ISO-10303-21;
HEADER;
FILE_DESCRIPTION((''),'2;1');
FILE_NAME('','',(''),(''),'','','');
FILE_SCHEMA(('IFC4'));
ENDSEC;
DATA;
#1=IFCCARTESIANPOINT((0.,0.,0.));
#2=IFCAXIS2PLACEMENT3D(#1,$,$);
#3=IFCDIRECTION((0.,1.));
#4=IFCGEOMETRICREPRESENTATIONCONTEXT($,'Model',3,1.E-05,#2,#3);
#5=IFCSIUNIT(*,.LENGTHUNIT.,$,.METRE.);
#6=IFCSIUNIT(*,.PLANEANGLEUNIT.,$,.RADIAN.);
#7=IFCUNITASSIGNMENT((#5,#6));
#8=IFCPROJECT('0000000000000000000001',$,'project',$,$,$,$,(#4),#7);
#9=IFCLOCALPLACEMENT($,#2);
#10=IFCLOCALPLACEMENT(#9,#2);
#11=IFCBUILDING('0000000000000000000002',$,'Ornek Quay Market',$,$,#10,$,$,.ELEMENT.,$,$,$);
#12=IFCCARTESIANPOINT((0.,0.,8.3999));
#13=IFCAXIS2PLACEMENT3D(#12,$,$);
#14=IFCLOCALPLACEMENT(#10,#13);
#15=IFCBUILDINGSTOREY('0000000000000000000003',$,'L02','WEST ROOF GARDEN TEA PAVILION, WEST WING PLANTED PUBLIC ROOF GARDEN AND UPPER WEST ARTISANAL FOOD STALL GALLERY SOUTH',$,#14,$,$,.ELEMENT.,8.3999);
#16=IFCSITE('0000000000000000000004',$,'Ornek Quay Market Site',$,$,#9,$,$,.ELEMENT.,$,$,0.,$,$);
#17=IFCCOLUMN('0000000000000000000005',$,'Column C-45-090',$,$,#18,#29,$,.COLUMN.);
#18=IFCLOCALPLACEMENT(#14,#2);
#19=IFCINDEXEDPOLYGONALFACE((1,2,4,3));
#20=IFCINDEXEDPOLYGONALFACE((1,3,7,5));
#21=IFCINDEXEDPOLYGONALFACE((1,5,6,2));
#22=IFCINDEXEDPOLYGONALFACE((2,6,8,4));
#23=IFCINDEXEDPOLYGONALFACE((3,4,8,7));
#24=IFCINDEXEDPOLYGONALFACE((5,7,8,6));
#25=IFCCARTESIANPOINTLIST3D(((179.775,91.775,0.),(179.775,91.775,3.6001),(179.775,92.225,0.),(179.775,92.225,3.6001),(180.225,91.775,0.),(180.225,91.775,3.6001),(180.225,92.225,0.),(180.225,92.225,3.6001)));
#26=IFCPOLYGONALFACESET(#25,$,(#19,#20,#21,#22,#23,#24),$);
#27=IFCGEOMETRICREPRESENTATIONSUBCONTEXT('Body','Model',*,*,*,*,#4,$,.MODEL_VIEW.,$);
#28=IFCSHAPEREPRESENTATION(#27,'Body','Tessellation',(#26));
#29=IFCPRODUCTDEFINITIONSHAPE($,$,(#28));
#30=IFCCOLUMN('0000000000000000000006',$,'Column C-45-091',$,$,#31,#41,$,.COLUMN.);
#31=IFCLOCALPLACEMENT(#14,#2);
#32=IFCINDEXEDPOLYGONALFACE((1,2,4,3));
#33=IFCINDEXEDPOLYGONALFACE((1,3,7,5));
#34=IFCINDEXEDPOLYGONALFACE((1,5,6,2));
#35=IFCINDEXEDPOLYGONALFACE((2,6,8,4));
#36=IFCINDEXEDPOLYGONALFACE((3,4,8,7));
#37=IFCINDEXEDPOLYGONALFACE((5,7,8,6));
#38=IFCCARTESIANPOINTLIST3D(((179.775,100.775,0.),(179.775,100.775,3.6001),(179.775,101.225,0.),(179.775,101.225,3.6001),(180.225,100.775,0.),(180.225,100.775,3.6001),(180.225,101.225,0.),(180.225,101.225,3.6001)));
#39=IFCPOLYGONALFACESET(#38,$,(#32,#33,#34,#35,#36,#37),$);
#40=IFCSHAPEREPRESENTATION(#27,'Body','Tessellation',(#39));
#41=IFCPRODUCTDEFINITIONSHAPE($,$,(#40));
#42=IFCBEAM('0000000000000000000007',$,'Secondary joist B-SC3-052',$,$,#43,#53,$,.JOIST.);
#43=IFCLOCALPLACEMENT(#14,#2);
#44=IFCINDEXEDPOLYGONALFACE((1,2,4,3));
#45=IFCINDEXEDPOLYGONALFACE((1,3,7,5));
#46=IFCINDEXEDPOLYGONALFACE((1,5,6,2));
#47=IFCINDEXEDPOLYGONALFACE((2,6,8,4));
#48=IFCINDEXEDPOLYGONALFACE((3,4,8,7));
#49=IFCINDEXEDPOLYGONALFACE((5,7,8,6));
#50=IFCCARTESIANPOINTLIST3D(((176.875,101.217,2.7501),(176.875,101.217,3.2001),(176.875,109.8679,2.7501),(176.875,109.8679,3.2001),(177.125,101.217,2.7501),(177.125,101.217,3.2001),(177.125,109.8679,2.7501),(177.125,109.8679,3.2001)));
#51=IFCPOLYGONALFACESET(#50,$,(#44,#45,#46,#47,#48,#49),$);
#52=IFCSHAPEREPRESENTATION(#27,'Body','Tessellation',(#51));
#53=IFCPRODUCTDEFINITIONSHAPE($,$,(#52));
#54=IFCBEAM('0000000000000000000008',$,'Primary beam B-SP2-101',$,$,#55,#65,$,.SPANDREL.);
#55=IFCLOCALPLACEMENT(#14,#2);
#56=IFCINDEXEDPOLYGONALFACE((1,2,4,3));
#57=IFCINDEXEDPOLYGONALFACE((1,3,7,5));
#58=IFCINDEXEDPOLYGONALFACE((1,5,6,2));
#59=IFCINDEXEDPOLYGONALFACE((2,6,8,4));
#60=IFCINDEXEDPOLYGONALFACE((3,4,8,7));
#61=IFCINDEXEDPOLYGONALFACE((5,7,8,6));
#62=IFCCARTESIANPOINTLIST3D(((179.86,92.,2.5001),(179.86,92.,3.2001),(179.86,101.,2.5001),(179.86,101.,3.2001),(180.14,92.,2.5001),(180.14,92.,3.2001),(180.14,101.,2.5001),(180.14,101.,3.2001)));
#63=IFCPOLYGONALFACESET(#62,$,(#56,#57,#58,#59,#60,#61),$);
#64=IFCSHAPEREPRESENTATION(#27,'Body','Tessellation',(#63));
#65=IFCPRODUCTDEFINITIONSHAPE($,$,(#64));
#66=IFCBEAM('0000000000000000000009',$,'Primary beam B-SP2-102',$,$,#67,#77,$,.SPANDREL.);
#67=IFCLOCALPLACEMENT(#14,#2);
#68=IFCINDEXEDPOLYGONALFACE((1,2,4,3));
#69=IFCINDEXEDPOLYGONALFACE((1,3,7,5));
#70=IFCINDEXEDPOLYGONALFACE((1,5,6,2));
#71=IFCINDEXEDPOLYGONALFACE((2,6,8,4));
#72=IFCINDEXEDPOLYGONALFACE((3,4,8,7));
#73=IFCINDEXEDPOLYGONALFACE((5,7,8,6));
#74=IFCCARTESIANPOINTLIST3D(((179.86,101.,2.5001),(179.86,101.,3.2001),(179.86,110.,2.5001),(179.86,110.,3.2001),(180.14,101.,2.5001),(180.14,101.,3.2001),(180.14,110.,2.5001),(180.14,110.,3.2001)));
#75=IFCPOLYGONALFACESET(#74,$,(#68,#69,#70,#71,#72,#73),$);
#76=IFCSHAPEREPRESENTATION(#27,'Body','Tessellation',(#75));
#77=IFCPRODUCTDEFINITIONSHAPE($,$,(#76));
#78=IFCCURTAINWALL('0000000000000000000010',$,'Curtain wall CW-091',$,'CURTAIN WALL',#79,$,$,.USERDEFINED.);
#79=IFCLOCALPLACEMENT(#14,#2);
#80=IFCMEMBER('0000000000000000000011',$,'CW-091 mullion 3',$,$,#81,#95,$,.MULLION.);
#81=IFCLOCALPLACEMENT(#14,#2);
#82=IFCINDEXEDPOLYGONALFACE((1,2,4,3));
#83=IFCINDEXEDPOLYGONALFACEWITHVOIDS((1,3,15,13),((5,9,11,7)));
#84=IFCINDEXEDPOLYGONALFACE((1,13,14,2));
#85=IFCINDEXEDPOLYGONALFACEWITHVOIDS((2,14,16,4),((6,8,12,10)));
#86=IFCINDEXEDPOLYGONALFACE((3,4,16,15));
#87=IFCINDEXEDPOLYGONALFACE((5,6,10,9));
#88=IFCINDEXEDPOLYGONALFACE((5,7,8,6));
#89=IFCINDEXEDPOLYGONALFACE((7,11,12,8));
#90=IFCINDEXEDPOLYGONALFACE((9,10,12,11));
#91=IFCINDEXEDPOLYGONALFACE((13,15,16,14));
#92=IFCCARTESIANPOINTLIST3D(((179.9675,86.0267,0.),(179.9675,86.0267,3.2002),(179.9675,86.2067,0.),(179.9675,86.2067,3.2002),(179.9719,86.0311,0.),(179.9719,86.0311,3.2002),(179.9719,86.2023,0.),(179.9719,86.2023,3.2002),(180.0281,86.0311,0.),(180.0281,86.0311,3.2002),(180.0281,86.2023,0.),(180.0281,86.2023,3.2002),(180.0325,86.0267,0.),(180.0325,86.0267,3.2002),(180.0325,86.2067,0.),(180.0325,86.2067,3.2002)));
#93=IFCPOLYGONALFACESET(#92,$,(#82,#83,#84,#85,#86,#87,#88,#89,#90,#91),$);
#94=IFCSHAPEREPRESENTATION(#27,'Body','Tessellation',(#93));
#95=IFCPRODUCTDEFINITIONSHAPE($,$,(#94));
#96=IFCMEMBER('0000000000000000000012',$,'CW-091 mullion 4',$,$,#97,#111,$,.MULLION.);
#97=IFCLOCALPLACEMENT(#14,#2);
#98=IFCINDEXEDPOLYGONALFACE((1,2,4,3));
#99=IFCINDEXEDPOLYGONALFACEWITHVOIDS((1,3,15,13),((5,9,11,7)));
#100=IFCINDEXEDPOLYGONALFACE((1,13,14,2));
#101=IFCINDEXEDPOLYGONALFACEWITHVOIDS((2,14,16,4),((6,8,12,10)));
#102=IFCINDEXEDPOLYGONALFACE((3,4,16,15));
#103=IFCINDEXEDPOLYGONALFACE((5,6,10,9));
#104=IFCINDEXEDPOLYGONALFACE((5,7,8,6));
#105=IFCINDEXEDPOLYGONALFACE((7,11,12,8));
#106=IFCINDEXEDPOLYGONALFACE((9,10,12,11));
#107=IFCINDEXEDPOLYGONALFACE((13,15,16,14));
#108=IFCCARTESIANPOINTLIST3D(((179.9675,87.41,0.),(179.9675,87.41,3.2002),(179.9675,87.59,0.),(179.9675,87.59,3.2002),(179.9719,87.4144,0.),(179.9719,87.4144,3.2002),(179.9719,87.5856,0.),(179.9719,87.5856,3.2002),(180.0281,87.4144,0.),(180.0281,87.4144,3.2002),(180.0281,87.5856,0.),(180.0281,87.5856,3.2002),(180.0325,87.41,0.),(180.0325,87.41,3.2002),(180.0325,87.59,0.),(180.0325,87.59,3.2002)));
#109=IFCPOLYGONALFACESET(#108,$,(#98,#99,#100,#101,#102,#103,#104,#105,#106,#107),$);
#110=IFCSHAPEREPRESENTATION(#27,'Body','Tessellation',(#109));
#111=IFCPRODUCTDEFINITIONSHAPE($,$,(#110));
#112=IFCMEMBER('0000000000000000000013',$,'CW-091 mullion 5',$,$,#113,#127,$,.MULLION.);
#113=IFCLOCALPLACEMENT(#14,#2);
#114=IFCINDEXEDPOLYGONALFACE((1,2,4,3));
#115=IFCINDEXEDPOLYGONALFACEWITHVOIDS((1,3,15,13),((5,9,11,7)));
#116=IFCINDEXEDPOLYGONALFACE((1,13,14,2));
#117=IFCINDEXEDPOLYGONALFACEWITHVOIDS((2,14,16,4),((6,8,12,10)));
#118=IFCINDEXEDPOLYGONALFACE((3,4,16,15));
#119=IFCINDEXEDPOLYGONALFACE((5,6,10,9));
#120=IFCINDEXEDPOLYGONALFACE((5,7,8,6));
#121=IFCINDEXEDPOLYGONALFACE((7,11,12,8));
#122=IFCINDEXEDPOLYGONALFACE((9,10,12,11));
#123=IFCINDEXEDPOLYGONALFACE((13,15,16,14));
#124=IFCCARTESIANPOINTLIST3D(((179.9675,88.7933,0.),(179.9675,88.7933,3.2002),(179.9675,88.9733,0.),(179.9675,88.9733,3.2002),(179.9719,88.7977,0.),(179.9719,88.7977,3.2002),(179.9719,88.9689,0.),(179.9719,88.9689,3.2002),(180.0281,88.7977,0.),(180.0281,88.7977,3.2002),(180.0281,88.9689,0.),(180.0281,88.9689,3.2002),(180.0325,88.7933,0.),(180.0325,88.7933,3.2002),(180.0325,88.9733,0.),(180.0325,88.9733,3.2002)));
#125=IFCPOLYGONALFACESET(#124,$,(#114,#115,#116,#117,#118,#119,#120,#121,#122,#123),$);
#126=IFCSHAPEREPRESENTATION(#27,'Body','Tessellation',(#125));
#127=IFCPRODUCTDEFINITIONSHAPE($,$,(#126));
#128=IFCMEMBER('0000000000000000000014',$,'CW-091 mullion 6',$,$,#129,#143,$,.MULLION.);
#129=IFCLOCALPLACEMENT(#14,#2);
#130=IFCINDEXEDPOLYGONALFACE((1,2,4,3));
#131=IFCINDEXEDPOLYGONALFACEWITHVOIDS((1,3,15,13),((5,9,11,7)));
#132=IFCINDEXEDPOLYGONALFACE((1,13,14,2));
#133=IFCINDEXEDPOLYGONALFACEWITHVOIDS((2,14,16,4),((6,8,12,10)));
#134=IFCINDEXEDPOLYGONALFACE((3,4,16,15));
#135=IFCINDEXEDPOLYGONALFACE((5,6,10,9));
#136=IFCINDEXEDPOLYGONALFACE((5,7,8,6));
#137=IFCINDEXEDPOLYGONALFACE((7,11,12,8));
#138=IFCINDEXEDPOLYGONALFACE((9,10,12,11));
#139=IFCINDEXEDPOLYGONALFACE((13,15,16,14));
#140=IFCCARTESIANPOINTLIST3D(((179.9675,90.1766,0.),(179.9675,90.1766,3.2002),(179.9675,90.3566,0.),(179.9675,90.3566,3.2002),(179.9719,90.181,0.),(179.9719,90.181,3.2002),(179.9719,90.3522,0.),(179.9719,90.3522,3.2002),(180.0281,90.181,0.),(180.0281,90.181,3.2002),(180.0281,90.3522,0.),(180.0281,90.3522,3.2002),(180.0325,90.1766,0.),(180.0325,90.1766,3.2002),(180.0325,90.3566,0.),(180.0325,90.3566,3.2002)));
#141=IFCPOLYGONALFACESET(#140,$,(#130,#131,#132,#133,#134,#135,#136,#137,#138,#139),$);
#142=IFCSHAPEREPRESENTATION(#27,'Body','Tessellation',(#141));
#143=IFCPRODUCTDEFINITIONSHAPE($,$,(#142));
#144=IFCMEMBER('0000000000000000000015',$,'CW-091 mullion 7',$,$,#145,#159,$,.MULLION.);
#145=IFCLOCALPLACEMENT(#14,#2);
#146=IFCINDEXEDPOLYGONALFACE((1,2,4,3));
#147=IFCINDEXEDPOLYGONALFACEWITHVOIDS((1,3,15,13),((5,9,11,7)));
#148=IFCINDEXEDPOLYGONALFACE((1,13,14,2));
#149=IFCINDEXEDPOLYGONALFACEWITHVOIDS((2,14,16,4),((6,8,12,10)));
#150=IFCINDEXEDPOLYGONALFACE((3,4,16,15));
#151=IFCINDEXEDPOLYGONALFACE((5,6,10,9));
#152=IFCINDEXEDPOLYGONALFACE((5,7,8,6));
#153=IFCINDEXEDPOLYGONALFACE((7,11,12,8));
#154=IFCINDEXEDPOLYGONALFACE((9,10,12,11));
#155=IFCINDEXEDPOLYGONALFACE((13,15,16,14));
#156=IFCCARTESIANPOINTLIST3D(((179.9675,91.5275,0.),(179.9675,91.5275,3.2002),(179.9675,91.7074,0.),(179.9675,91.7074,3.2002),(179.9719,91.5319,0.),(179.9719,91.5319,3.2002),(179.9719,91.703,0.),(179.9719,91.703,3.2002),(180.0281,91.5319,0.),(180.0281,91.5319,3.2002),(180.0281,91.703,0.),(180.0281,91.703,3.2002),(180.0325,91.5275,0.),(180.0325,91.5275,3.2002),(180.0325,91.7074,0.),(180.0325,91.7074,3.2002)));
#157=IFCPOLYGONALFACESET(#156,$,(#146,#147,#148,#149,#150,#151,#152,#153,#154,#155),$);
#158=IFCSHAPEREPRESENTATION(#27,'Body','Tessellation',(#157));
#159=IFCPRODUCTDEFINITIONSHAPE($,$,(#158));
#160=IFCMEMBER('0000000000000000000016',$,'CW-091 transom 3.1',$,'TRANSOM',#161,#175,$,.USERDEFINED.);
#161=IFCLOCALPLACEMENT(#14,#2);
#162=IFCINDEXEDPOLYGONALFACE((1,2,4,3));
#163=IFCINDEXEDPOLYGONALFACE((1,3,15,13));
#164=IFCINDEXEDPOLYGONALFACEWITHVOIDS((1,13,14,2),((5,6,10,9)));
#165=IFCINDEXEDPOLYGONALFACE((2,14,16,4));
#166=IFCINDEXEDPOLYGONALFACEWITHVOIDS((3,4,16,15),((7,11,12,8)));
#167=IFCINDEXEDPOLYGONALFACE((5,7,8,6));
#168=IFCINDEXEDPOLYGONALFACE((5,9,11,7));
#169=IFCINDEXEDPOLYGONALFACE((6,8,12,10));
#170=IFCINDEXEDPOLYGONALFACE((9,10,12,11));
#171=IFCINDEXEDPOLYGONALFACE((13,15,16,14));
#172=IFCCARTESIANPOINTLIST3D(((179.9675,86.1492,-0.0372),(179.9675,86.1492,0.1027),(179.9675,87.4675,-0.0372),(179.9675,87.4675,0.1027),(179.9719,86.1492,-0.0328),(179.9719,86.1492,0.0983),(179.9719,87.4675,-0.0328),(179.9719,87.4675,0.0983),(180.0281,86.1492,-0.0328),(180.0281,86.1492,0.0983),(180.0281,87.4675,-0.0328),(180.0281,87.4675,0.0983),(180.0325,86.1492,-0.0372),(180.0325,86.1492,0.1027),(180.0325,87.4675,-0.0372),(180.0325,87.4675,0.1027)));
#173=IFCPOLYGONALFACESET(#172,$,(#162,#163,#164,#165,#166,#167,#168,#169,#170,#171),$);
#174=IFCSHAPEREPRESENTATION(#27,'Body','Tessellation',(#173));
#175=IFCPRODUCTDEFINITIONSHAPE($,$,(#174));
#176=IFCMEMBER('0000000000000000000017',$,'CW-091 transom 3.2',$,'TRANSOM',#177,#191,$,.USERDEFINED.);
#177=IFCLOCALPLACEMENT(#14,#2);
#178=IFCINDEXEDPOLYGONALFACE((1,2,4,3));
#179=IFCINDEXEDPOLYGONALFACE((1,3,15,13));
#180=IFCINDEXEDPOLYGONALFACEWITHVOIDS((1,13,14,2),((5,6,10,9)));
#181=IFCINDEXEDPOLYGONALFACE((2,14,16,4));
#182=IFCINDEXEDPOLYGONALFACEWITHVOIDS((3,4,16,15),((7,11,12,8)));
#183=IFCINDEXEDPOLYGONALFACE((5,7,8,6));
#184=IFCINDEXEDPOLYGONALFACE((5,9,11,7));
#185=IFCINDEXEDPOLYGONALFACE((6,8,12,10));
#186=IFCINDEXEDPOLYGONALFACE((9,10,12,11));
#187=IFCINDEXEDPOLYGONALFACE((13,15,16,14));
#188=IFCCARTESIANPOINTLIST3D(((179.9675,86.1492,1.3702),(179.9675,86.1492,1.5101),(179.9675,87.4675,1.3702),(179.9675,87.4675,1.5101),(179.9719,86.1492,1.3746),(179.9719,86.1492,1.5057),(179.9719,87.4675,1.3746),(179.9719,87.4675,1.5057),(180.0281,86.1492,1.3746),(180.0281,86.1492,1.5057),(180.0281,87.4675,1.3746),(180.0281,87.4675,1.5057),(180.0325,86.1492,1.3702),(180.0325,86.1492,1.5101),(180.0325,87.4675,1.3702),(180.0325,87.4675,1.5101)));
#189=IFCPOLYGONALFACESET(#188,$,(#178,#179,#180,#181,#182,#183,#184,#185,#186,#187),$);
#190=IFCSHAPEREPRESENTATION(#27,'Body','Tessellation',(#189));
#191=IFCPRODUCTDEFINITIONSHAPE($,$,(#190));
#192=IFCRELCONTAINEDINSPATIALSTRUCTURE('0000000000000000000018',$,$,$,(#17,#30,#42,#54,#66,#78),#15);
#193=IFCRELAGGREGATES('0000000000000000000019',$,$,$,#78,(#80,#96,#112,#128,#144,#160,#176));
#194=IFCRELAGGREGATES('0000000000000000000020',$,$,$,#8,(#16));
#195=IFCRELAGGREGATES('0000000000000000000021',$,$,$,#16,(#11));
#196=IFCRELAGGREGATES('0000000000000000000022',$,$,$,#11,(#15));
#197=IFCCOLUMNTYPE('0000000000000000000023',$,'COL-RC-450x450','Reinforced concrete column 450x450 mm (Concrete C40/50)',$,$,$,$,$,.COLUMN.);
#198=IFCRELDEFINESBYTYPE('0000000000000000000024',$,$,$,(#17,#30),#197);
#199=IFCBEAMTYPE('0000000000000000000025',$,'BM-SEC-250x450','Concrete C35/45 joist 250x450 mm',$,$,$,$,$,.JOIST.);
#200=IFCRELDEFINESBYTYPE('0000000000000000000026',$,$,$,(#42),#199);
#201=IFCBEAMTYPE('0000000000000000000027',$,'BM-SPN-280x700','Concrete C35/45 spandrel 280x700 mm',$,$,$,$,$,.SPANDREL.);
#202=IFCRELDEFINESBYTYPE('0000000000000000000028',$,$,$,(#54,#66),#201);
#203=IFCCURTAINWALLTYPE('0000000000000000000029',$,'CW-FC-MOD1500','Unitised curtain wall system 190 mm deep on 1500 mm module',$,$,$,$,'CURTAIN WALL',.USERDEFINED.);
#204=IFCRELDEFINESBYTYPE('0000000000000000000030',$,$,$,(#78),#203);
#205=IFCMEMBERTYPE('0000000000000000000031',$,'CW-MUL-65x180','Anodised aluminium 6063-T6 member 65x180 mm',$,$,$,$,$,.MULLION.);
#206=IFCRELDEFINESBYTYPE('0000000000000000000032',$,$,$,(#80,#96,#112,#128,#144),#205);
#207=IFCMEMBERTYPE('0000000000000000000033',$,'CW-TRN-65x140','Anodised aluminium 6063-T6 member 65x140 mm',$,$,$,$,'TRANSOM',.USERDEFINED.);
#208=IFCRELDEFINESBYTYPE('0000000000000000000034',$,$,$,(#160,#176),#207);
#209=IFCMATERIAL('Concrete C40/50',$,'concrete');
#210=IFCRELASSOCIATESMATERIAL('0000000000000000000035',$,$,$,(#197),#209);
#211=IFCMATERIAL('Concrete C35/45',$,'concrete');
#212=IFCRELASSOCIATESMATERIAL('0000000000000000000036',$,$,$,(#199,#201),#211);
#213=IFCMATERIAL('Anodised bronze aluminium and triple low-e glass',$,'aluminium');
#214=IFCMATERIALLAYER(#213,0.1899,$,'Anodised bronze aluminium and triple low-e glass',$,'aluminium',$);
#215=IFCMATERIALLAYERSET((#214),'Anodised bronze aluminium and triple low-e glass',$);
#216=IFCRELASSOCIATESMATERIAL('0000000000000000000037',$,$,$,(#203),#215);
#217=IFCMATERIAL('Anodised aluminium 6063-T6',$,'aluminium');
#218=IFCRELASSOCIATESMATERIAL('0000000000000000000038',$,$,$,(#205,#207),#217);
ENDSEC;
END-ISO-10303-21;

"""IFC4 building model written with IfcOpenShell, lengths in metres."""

from ifc_helpers import new_model, si_unit, direction, frame, origin, origin_2d, place, context, subcontext, project, spatial, rectangle, hollow_rectangle, extrude, material, layer, layer_set, material_profile, profile_set, type_object, element, aggregate, save


model = new_model("IFC4")

# Units and contexts
model_context = context("Model", 3, precision=1e-05, world=origin(), true_north=direction((0.0, 1.0)))
body_context = subcontext(model_context, "Body", "Model", "MODEL_VIEW")
ifc_project = project(units=[si_unit("LENGTHUNIT", "METRE"), si_unit("PLANEANGLEUNIT", "RADIAN")], contexts=[model_context])

# Site, building, storey
site_placement = place(None, origin())
site = spatial("IfcSite", under=ifc_project, at=site_placement, Name="Ornek Quay Market Site", CompositionType="ELEMENT", RefElevation=0.0)
building_placement = place(site_placement, origin())
building = spatial("IfcBuilding", under=site, at=building_placement, Name="Ornek Quay Market", CompositionType="ELEMENT")
storey_placement = place(building_placement, frame((0.0, 0.0, 8.3999)))
storey = spatial("IfcBuildingStorey", under=building, at=storey_placement, Name="L02", Description="WEST ROOF GARDEN TEA PAVILION, WEST WING PLANTED PUBLIC ROOF GARDEN AND UPPER WEST ARTISANAL FOOD STALL GALLERY SOUTH", CompositionType="ELEMENT", Elevation=8.3999)

# Columns
ifc_material_1 = material(Name="Concrete C40/50", Category="concrete")
ifc_material_profile_1 = material_profile(ifc_material_1, rectangle(XDim=0.45, YDim=0.45, at=origin_2d()), Name="RC 450x450", Category="concrete")
ifc_profile_set_1 = profile_set([ifc_material_profile_1], Name="Concrete C40/50")
column_type = type_object("IfcColumnType", Name="COL-RC-450x450", Description="Reinforced concrete column 450x450 mm (Concrete C40/50)", PredefinedType="COLUMN", material=ifc_profile_set_1)
for number, where, z_axis, x_axis, name in (
    (1, (180.0, 92.0, 0.0), (0.0, 0.0, 1.0), (1.0, 0.0, 0.0), "Column C-45-090"),
    (2, (180.0, 101.0, 0.0), (0.0, 0.0, 1.0), (1.0, 0.0, 0.0), "Column C-45-091"),
):
    element("IfcColumn", number, at=place(storey_placement, frame(where, z_axis=z_axis, x_axis=x_axis)), inside=storey, type_object=column_type, Name=name, PredefinedType="COLUMN", context=body_context, shape_type="SweptSolid", body=[
        extrude(rectangle(XDim=0.45, YDim=0.45, at=origin_2d()), origin(), (0.0, 0.0, 1.0), 3.6001),
    ])

# Beams
ifc_material_2 = material(Name="Concrete C35/45", Category="concrete")
ifc_material_profile_2 = material_profile(ifc_material_2, rectangle(XDim=0.25, YDim=0.45, at=origin_2d()), Name="RC 250x450", Category="concrete")
ifc_profile_set_2 = profile_set([ifc_material_profile_2], Name="Concrete C35/45")
beam_type_1 = type_object("IfcBeamType", Name="BM-SEC-250x450", Description="Concrete C35/45 joist 250x450 mm", PredefinedType="JOIST", material=ifc_profile_set_2)
beam_placement = place(storey_placement, frame((177.0, 101.217, 2.9751), z_axis=(0.0, 1.0, 0.0), x_axis=(-1.0, 0.0, 0.0)))
element("IfcBeam", 3, at=beam_placement, inside=storey, type_object=beam_type_1, Name="Secondary joist B-SC3-052", PredefinedType="JOIST", context=body_context, shape_type="SweptSolid", body=[
    extrude(rectangle(XDim=0.25, YDim=0.45, at=origin_2d()), origin(), (0.0, 0.0, 1.0), 8.6509),
])
ifc_material_profile_3 = material_profile(ifc_material_2, rectangle(XDim=0.28, YDim=0.7, at=origin_2d()), Name="RC 280x700", Category="concrete")
ifc_profile_set_3 = profile_set([ifc_material_profile_3], Name="Concrete C35/45")
beam_type_2 = type_object("IfcBeamType", Name="BM-SPN-280x700", Description="Concrete C35/45 spandrel 280x700 mm", PredefinedType="SPANDREL", material=ifc_profile_set_3)
for number, where, z_axis, x_axis, name in (
    (4, (180.0, 92.0, 2.8501), (0.0, 1.0, 0.0), (-1.0, 0.0, 0.0), "Primary beam B-SP2-101"),
    (5, (180.0, 101.0, 2.8501), (0.0, 1.0, 0.0), (-1.0, 0.0, 0.0), "Primary beam B-SP2-102"),
):
    element("IfcBeam", number, at=place(storey_placement, frame(where, z_axis=z_axis, x_axis=x_axis)), inside=storey, type_object=beam_type_2, Name=name, PredefinedType="SPANDREL", context=body_context, shape_type="SweptSolid", body=[
        extrude(rectangle(XDim=0.28, YDim=0.7, at=origin_2d()), origin(), (0.0, 0.0, 1.0), 9.0),
    ])

# Curtain wall, members
ifc_material_3 = material(Name="Anodised bronze aluminium and triple low-e glass", Category="aluminium")
ifc_layer_1 = layer(ifc_material_3, 0.1899, Name="Anodised bronze aluminium and triple low-e glass", Category="aluminium")
ifc_layer_set_1 = layer_set([ifc_layer_1], Name="Anodised bronze aluminium and triple low-e glass")
curtain_wall_type = type_object("IfcCurtainWallType", Name="CW-FC-MOD1500", Description="Unitised curtain wall system 190 mm deep on 1500 mm module", ElementType="CURTAIN WALL", PredefinedType="USERDEFINED", material=ifc_layer_set_1)
curtain_wall_placement = place(storey_placement, origin())
curtain_wall = element("IfcCurtainWall", 6, at=curtain_wall_placement, inside=storey, type_object=curtain_wall_type, Name="Curtain wall CW-091", ObjectType="CURTAIN WALL", PredefinedType="USERDEFINED")
ifc_material_4 = material(Name="Anodised aluminium 6063-T6", Category="aluminium")
ifc_material_profile_4 = material_profile(ifc_material_4, hollow_rectangle(XDim=0.0649, YDim=0.1799, WallThickness=0.0044, at=origin_2d()), Name="CW-MUL-65x180", Category="aluminium")
ifc_profile_set_4 = profile_set([ifc_material_profile_4], Name="Anodised aluminium 6063-T6")
member_type_1 = type_object("IfcMemberType", Name="CW-MUL-65x180", Description="Anodised aluminium 6063-T6 member 65x180 mm", PredefinedType="MULLION", material=ifc_profile_set_4)
member_1_placement = place(storey_placement, frame((180.0, 86.1167, 0.0), z_axis=(0.0, 0.0, 1.0), x_axis=(-1.0, 0.0, 0.0)))
member_1 = element("IfcMember", 7, at=member_1_placement, type_object=member_type_1, Name="CW-091 mullion 3", PredefinedType="MULLION", context=body_context, shape_type="SweptSolid", body=[
    extrude(hollow_rectangle(XDim=0.0649, YDim=0.1799, WallThickness=0.0044, at=origin_2d()), origin(), (0.0, 0.0, 1.0), 3.2002),
])
member_2_placement = place(storey_placement, frame((180.0, 87.5, 0.0), z_axis=(0.0, 0.0, 1.0), x_axis=(-1.0, 0.0, 0.0)))
member_2 = element("IfcMember", 8, at=member_2_placement, type_object=member_type_1, Name="CW-091 mullion 4", PredefinedType="MULLION", context=body_context, shape_type="SweptSolid", body=[
    extrude(hollow_rectangle(XDim=0.0649, YDim=0.1799, WallThickness=0.0044, at=origin_2d()), origin(), (0.0, 0.0, 1.0), 3.2002),
])
member_3_placement = place(storey_placement, frame((180.0, 88.8833, 0.0), z_axis=(0.0, 0.0, 1.0), x_axis=(-1.0, 0.0, 0.0)))
member_3 = element("IfcMember", 9, at=member_3_placement, type_object=member_type_1, Name="CW-091 mullion 5", PredefinedType="MULLION", context=body_context, shape_type="SweptSolid", body=[
    extrude(hollow_rectangle(XDim=0.0649, YDim=0.1799, WallThickness=0.0044, at=origin_2d()), origin(), (0.0, 0.0, 1.0), 3.2002),
])
member_4_placement = place(storey_placement, frame((180.0, 90.2666, 0.0), z_axis=(0.0, 0.0, 1.0), x_axis=(-1.0, 0.0, 0.0)))
member_4 = element("IfcMember", 10, at=member_4_placement, type_object=member_type_1, Name="CW-091 mullion 6", PredefinedType="MULLION", context=body_context, shape_type="SweptSolid", body=[
    extrude(hollow_rectangle(XDim=0.0649, YDim=0.1799, WallThickness=0.0044, at=origin_2d()), origin(), (0.0, 0.0, 1.0), 3.2002),
])
member_5_placement = place(storey_placement, frame((180.0, 91.6174, 0.0), z_axis=(0.0, 0.0, 1.0), x_axis=(-1.0, 0.0, 0.0)))
member_5 = element("IfcMember", 11, at=member_5_placement, type_object=member_type_1, Name="CW-091 mullion 7", PredefinedType="MULLION", context=body_context, shape_type="SweptSolid", body=[
    extrude(hollow_rectangle(XDim=0.0649, YDim=0.1799, WallThickness=0.0044, at=origin_2d()), origin(), (0.0, 0.0, 1.0), 3.2002),
])
ifc_material_profile_5 = material_profile(ifc_material_4, hollow_rectangle(XDim=0.0649, YDim=0.1399, WallThickness=0.0044, at=origin_2d()), Name="CW-TRN-65x140", Category="aluminium")
ifc_profile_set_5 = profile_set([ifc_material_profile_5], Name="Anodised aluminium 6063-T6")
member_type_2 = type_object("IfcMemberType", Name="CW-TRN-65x140", Description="Anodised aluminium 6063-T6 member 65x140 mm", ElementType="TRANSOM", PredefinedType="USERDEFINED", material=ifc_profile_set_5)
member_6_placement = place(storey_placement, frame((180.0, 86.1492, 0.0327), z_axis=(0.0, 1.0, 0.0), x_axis=(-1.0, 0.0, 0.0)))
member_6 = element("IfcMember", 12, at=member_6_placement, type_object=member_type_2, Name="CW-091 transom 3.1", ObjectType="TRANSOM", PredefinedType="USERDEFINED", context=body_context, shape_type="SweptSolid", body=[
    extrude(hollow_rectangle(XDim=0.0649, YDim=0.1399, WallThickness=0.0044, at=origin_2d()), origin(), (0.0, 0.0, 1.0), 1.3184),
])
member_7_placement = place(storey_placement, frame((180.0, 86.1492, 1.4402), z_axis=(0.0, 1.0, 0.0), x_axis=(-1.0, 0.0, 0.0)))
member_7 = element("IfcMember", 13, at=member_7_placement, type_object=member_type_2, Name="CW-091 transom 3.2", ObjectType="TRANSOM", PredefinedType="USERDEFINED", context=body_context, shape_type="SweptSolid", body=[
    extrude(hollow_rectangle(XDim=0.0649, YDim=0.1399, WallThickness=0.0044, at=origin_2d()), origin(), (0.0, 0.0, 1.0), 1.3184),
])
aggregate(curtain_wall, [member_1, member_2, member_3, member_4, member_5, member_6, member_7])

save(model, "model.ifc")
